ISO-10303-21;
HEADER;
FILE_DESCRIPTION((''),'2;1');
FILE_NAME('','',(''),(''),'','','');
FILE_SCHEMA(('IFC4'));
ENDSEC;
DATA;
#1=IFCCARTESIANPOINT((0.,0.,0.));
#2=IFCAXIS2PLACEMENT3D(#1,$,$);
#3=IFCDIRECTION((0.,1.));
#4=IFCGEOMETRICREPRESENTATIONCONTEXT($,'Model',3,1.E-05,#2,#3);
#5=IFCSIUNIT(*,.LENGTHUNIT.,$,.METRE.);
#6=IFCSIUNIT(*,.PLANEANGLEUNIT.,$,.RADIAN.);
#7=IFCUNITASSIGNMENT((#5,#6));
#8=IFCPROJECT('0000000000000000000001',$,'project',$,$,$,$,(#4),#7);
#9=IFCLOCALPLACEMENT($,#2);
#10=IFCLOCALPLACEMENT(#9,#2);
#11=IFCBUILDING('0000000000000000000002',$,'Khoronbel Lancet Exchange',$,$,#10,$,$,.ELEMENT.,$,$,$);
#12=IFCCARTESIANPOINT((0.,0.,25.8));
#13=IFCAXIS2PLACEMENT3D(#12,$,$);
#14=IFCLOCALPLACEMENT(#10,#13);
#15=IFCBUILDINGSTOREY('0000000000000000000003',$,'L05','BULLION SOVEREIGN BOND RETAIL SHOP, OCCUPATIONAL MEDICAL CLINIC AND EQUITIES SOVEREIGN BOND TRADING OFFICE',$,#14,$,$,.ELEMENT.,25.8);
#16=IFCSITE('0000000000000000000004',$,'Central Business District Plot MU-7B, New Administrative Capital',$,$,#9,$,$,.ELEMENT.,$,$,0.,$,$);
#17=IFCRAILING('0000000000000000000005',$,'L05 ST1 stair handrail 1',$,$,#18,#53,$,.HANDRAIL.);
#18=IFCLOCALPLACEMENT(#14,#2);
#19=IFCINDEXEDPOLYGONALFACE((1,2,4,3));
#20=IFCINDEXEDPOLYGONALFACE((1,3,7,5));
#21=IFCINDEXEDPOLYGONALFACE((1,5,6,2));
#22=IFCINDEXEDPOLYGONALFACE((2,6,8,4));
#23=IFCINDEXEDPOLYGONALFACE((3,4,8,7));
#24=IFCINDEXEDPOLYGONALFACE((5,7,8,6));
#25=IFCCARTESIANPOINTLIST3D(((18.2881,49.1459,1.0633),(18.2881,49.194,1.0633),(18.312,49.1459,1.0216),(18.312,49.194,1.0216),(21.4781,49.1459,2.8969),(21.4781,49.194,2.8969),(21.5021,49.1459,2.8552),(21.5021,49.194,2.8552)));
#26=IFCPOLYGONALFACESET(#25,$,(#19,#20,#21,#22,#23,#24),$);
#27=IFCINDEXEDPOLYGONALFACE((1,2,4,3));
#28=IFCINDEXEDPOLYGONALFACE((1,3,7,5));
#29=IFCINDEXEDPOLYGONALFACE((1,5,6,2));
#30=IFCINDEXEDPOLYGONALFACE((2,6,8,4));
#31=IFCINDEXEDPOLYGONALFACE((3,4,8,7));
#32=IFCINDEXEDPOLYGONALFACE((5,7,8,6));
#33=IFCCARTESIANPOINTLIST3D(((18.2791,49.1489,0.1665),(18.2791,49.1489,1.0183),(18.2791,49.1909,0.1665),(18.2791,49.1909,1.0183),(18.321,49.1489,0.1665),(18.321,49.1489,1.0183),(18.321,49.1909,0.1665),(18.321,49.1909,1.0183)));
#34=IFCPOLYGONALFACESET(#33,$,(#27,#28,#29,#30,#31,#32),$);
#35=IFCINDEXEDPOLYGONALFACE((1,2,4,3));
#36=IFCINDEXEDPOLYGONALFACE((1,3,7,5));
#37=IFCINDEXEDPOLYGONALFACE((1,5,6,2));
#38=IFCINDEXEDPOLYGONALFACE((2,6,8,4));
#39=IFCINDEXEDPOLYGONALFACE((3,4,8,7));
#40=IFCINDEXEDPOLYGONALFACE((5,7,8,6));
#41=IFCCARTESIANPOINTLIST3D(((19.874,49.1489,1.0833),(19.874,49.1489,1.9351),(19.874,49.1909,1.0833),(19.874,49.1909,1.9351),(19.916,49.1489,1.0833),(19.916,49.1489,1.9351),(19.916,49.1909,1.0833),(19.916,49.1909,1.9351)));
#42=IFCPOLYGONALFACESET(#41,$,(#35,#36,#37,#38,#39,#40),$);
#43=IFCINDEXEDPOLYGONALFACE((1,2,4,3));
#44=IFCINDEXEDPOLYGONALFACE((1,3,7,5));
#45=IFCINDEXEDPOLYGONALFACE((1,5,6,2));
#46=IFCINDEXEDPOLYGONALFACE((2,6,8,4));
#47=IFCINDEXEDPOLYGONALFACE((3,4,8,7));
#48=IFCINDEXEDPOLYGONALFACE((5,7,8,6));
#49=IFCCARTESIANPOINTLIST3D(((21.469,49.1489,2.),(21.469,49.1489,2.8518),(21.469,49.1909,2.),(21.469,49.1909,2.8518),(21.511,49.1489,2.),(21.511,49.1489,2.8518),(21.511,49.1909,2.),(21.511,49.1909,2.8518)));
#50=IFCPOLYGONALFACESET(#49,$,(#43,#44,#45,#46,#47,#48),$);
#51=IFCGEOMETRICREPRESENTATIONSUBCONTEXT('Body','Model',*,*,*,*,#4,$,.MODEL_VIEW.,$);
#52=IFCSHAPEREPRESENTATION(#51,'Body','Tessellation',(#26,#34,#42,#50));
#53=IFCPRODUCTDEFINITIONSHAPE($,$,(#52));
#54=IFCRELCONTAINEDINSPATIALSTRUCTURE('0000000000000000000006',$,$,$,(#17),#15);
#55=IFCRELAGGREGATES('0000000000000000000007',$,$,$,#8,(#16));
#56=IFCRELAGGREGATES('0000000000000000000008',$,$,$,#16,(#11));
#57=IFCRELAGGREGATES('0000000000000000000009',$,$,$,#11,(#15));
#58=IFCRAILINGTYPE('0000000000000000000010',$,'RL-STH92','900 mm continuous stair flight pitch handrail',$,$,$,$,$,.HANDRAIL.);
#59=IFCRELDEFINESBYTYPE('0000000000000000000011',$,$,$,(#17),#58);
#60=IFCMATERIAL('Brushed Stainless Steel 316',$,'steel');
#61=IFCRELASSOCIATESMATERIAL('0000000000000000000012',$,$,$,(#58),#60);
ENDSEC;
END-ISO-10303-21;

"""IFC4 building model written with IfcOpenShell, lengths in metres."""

from ifc_helpers import new_model, si_unit, direction, frame, origin, origin_2d, place, context, subcontext, project, spatial, rectangle, extrude, material, type_object, element, save


model = new_model("IFC4")

# Units and contexts
model_context = context("Model", 3, precision=1e-05, world=origin(), true_north=direction((0.0, 1.0)))
body_context = subcontext(model_context, "Body", "Model", "MODEL_VIEW")
ifc_project = project(units=[si_unit("LENGTHUNIT", "METRE"), si_unit("PLANEANGLEUNIT", "RADIAN")], contexts=[model_context])

# Site, building, storey
site_placement = place(None, origin())
site = spatial("IfcSite", under=ifc_project, at=site_placement, Name="Central Business District Plot MU-7B, New Administrative Capital", CompositionType="ELEMENT", RefElevation=0.0)
building_placement = place(site_placement, origin())
building = spatial("IfcBuilding", under=site, at=building_placement, Name="Khoronbel Lancet Exchange", CompositionType="ELEMENT")
storey_placement = place(building_placement, frame((0.0, 0.0, 25.8)))
storey = spatial("IfcBuildingStorey", under=building, at=storey_placement, Name="L05", Description="BULLION SOVEREIGN BOND RETAIL SHOP, OCCUPATIONAL MEDICAL CLINIC AND EQUITIES SOVEREIGN BOND TRADING OFFICE", CompositionType="ELEMENT", Elevation=25.8)

# Railing
ifc_material_1 = material(Name="Brushed Stainless Steel 316", Category="steel")
railing_type_1 = type_object("IfcRailingType", Name="RL-STH92", Description="900 mm continuous stair flight pitch handrail", PredefinedType="HANDRAIL", material=ifc_material_1)
railing_1_placement = place(storey_placement, frame((18.3, 49.1699, 0.1665)))
element("IfcRailing", 1, at=railing_1_placement, inside=storey, type_object=railing_type_1, Name="L05 ST1 stair handrail 1", PredefinedType="HANDRAIL", context=body_context, shape_type="SweptSolid", body=[
    extrude(rectangle(XDim=0.0481, YDim=0.0481, at=origin_2d()), frame((0.0, 0.0, 0.876), z_axis=(0.866991, 0.0, 0.498324), x_axis=(0.0, 1.0, 0.0)), (0.0, 0.0, 1.0), 3.6794),
    extrude(rectangle(XDim=0.042, YDim=0.042, at=origin_2d()), origin(), (0.0, 0.0, 1.0), 0.8518),
    extrude(rectangle(XDim=0.042, YDim=0.042, at=origin_2d()), frame((1.595, 0.0, 0.9167)), (0.0, 0.0, 1.0), 0.8518),
    extrude(rectangle(XDim=0.042, YDim=0.042, at=origin_2d()), frame((3.1899, 0.0, 1.8335)), (0.0, 0.0, 1.0), 0.8518),
])

save(model, "model.ifc")
